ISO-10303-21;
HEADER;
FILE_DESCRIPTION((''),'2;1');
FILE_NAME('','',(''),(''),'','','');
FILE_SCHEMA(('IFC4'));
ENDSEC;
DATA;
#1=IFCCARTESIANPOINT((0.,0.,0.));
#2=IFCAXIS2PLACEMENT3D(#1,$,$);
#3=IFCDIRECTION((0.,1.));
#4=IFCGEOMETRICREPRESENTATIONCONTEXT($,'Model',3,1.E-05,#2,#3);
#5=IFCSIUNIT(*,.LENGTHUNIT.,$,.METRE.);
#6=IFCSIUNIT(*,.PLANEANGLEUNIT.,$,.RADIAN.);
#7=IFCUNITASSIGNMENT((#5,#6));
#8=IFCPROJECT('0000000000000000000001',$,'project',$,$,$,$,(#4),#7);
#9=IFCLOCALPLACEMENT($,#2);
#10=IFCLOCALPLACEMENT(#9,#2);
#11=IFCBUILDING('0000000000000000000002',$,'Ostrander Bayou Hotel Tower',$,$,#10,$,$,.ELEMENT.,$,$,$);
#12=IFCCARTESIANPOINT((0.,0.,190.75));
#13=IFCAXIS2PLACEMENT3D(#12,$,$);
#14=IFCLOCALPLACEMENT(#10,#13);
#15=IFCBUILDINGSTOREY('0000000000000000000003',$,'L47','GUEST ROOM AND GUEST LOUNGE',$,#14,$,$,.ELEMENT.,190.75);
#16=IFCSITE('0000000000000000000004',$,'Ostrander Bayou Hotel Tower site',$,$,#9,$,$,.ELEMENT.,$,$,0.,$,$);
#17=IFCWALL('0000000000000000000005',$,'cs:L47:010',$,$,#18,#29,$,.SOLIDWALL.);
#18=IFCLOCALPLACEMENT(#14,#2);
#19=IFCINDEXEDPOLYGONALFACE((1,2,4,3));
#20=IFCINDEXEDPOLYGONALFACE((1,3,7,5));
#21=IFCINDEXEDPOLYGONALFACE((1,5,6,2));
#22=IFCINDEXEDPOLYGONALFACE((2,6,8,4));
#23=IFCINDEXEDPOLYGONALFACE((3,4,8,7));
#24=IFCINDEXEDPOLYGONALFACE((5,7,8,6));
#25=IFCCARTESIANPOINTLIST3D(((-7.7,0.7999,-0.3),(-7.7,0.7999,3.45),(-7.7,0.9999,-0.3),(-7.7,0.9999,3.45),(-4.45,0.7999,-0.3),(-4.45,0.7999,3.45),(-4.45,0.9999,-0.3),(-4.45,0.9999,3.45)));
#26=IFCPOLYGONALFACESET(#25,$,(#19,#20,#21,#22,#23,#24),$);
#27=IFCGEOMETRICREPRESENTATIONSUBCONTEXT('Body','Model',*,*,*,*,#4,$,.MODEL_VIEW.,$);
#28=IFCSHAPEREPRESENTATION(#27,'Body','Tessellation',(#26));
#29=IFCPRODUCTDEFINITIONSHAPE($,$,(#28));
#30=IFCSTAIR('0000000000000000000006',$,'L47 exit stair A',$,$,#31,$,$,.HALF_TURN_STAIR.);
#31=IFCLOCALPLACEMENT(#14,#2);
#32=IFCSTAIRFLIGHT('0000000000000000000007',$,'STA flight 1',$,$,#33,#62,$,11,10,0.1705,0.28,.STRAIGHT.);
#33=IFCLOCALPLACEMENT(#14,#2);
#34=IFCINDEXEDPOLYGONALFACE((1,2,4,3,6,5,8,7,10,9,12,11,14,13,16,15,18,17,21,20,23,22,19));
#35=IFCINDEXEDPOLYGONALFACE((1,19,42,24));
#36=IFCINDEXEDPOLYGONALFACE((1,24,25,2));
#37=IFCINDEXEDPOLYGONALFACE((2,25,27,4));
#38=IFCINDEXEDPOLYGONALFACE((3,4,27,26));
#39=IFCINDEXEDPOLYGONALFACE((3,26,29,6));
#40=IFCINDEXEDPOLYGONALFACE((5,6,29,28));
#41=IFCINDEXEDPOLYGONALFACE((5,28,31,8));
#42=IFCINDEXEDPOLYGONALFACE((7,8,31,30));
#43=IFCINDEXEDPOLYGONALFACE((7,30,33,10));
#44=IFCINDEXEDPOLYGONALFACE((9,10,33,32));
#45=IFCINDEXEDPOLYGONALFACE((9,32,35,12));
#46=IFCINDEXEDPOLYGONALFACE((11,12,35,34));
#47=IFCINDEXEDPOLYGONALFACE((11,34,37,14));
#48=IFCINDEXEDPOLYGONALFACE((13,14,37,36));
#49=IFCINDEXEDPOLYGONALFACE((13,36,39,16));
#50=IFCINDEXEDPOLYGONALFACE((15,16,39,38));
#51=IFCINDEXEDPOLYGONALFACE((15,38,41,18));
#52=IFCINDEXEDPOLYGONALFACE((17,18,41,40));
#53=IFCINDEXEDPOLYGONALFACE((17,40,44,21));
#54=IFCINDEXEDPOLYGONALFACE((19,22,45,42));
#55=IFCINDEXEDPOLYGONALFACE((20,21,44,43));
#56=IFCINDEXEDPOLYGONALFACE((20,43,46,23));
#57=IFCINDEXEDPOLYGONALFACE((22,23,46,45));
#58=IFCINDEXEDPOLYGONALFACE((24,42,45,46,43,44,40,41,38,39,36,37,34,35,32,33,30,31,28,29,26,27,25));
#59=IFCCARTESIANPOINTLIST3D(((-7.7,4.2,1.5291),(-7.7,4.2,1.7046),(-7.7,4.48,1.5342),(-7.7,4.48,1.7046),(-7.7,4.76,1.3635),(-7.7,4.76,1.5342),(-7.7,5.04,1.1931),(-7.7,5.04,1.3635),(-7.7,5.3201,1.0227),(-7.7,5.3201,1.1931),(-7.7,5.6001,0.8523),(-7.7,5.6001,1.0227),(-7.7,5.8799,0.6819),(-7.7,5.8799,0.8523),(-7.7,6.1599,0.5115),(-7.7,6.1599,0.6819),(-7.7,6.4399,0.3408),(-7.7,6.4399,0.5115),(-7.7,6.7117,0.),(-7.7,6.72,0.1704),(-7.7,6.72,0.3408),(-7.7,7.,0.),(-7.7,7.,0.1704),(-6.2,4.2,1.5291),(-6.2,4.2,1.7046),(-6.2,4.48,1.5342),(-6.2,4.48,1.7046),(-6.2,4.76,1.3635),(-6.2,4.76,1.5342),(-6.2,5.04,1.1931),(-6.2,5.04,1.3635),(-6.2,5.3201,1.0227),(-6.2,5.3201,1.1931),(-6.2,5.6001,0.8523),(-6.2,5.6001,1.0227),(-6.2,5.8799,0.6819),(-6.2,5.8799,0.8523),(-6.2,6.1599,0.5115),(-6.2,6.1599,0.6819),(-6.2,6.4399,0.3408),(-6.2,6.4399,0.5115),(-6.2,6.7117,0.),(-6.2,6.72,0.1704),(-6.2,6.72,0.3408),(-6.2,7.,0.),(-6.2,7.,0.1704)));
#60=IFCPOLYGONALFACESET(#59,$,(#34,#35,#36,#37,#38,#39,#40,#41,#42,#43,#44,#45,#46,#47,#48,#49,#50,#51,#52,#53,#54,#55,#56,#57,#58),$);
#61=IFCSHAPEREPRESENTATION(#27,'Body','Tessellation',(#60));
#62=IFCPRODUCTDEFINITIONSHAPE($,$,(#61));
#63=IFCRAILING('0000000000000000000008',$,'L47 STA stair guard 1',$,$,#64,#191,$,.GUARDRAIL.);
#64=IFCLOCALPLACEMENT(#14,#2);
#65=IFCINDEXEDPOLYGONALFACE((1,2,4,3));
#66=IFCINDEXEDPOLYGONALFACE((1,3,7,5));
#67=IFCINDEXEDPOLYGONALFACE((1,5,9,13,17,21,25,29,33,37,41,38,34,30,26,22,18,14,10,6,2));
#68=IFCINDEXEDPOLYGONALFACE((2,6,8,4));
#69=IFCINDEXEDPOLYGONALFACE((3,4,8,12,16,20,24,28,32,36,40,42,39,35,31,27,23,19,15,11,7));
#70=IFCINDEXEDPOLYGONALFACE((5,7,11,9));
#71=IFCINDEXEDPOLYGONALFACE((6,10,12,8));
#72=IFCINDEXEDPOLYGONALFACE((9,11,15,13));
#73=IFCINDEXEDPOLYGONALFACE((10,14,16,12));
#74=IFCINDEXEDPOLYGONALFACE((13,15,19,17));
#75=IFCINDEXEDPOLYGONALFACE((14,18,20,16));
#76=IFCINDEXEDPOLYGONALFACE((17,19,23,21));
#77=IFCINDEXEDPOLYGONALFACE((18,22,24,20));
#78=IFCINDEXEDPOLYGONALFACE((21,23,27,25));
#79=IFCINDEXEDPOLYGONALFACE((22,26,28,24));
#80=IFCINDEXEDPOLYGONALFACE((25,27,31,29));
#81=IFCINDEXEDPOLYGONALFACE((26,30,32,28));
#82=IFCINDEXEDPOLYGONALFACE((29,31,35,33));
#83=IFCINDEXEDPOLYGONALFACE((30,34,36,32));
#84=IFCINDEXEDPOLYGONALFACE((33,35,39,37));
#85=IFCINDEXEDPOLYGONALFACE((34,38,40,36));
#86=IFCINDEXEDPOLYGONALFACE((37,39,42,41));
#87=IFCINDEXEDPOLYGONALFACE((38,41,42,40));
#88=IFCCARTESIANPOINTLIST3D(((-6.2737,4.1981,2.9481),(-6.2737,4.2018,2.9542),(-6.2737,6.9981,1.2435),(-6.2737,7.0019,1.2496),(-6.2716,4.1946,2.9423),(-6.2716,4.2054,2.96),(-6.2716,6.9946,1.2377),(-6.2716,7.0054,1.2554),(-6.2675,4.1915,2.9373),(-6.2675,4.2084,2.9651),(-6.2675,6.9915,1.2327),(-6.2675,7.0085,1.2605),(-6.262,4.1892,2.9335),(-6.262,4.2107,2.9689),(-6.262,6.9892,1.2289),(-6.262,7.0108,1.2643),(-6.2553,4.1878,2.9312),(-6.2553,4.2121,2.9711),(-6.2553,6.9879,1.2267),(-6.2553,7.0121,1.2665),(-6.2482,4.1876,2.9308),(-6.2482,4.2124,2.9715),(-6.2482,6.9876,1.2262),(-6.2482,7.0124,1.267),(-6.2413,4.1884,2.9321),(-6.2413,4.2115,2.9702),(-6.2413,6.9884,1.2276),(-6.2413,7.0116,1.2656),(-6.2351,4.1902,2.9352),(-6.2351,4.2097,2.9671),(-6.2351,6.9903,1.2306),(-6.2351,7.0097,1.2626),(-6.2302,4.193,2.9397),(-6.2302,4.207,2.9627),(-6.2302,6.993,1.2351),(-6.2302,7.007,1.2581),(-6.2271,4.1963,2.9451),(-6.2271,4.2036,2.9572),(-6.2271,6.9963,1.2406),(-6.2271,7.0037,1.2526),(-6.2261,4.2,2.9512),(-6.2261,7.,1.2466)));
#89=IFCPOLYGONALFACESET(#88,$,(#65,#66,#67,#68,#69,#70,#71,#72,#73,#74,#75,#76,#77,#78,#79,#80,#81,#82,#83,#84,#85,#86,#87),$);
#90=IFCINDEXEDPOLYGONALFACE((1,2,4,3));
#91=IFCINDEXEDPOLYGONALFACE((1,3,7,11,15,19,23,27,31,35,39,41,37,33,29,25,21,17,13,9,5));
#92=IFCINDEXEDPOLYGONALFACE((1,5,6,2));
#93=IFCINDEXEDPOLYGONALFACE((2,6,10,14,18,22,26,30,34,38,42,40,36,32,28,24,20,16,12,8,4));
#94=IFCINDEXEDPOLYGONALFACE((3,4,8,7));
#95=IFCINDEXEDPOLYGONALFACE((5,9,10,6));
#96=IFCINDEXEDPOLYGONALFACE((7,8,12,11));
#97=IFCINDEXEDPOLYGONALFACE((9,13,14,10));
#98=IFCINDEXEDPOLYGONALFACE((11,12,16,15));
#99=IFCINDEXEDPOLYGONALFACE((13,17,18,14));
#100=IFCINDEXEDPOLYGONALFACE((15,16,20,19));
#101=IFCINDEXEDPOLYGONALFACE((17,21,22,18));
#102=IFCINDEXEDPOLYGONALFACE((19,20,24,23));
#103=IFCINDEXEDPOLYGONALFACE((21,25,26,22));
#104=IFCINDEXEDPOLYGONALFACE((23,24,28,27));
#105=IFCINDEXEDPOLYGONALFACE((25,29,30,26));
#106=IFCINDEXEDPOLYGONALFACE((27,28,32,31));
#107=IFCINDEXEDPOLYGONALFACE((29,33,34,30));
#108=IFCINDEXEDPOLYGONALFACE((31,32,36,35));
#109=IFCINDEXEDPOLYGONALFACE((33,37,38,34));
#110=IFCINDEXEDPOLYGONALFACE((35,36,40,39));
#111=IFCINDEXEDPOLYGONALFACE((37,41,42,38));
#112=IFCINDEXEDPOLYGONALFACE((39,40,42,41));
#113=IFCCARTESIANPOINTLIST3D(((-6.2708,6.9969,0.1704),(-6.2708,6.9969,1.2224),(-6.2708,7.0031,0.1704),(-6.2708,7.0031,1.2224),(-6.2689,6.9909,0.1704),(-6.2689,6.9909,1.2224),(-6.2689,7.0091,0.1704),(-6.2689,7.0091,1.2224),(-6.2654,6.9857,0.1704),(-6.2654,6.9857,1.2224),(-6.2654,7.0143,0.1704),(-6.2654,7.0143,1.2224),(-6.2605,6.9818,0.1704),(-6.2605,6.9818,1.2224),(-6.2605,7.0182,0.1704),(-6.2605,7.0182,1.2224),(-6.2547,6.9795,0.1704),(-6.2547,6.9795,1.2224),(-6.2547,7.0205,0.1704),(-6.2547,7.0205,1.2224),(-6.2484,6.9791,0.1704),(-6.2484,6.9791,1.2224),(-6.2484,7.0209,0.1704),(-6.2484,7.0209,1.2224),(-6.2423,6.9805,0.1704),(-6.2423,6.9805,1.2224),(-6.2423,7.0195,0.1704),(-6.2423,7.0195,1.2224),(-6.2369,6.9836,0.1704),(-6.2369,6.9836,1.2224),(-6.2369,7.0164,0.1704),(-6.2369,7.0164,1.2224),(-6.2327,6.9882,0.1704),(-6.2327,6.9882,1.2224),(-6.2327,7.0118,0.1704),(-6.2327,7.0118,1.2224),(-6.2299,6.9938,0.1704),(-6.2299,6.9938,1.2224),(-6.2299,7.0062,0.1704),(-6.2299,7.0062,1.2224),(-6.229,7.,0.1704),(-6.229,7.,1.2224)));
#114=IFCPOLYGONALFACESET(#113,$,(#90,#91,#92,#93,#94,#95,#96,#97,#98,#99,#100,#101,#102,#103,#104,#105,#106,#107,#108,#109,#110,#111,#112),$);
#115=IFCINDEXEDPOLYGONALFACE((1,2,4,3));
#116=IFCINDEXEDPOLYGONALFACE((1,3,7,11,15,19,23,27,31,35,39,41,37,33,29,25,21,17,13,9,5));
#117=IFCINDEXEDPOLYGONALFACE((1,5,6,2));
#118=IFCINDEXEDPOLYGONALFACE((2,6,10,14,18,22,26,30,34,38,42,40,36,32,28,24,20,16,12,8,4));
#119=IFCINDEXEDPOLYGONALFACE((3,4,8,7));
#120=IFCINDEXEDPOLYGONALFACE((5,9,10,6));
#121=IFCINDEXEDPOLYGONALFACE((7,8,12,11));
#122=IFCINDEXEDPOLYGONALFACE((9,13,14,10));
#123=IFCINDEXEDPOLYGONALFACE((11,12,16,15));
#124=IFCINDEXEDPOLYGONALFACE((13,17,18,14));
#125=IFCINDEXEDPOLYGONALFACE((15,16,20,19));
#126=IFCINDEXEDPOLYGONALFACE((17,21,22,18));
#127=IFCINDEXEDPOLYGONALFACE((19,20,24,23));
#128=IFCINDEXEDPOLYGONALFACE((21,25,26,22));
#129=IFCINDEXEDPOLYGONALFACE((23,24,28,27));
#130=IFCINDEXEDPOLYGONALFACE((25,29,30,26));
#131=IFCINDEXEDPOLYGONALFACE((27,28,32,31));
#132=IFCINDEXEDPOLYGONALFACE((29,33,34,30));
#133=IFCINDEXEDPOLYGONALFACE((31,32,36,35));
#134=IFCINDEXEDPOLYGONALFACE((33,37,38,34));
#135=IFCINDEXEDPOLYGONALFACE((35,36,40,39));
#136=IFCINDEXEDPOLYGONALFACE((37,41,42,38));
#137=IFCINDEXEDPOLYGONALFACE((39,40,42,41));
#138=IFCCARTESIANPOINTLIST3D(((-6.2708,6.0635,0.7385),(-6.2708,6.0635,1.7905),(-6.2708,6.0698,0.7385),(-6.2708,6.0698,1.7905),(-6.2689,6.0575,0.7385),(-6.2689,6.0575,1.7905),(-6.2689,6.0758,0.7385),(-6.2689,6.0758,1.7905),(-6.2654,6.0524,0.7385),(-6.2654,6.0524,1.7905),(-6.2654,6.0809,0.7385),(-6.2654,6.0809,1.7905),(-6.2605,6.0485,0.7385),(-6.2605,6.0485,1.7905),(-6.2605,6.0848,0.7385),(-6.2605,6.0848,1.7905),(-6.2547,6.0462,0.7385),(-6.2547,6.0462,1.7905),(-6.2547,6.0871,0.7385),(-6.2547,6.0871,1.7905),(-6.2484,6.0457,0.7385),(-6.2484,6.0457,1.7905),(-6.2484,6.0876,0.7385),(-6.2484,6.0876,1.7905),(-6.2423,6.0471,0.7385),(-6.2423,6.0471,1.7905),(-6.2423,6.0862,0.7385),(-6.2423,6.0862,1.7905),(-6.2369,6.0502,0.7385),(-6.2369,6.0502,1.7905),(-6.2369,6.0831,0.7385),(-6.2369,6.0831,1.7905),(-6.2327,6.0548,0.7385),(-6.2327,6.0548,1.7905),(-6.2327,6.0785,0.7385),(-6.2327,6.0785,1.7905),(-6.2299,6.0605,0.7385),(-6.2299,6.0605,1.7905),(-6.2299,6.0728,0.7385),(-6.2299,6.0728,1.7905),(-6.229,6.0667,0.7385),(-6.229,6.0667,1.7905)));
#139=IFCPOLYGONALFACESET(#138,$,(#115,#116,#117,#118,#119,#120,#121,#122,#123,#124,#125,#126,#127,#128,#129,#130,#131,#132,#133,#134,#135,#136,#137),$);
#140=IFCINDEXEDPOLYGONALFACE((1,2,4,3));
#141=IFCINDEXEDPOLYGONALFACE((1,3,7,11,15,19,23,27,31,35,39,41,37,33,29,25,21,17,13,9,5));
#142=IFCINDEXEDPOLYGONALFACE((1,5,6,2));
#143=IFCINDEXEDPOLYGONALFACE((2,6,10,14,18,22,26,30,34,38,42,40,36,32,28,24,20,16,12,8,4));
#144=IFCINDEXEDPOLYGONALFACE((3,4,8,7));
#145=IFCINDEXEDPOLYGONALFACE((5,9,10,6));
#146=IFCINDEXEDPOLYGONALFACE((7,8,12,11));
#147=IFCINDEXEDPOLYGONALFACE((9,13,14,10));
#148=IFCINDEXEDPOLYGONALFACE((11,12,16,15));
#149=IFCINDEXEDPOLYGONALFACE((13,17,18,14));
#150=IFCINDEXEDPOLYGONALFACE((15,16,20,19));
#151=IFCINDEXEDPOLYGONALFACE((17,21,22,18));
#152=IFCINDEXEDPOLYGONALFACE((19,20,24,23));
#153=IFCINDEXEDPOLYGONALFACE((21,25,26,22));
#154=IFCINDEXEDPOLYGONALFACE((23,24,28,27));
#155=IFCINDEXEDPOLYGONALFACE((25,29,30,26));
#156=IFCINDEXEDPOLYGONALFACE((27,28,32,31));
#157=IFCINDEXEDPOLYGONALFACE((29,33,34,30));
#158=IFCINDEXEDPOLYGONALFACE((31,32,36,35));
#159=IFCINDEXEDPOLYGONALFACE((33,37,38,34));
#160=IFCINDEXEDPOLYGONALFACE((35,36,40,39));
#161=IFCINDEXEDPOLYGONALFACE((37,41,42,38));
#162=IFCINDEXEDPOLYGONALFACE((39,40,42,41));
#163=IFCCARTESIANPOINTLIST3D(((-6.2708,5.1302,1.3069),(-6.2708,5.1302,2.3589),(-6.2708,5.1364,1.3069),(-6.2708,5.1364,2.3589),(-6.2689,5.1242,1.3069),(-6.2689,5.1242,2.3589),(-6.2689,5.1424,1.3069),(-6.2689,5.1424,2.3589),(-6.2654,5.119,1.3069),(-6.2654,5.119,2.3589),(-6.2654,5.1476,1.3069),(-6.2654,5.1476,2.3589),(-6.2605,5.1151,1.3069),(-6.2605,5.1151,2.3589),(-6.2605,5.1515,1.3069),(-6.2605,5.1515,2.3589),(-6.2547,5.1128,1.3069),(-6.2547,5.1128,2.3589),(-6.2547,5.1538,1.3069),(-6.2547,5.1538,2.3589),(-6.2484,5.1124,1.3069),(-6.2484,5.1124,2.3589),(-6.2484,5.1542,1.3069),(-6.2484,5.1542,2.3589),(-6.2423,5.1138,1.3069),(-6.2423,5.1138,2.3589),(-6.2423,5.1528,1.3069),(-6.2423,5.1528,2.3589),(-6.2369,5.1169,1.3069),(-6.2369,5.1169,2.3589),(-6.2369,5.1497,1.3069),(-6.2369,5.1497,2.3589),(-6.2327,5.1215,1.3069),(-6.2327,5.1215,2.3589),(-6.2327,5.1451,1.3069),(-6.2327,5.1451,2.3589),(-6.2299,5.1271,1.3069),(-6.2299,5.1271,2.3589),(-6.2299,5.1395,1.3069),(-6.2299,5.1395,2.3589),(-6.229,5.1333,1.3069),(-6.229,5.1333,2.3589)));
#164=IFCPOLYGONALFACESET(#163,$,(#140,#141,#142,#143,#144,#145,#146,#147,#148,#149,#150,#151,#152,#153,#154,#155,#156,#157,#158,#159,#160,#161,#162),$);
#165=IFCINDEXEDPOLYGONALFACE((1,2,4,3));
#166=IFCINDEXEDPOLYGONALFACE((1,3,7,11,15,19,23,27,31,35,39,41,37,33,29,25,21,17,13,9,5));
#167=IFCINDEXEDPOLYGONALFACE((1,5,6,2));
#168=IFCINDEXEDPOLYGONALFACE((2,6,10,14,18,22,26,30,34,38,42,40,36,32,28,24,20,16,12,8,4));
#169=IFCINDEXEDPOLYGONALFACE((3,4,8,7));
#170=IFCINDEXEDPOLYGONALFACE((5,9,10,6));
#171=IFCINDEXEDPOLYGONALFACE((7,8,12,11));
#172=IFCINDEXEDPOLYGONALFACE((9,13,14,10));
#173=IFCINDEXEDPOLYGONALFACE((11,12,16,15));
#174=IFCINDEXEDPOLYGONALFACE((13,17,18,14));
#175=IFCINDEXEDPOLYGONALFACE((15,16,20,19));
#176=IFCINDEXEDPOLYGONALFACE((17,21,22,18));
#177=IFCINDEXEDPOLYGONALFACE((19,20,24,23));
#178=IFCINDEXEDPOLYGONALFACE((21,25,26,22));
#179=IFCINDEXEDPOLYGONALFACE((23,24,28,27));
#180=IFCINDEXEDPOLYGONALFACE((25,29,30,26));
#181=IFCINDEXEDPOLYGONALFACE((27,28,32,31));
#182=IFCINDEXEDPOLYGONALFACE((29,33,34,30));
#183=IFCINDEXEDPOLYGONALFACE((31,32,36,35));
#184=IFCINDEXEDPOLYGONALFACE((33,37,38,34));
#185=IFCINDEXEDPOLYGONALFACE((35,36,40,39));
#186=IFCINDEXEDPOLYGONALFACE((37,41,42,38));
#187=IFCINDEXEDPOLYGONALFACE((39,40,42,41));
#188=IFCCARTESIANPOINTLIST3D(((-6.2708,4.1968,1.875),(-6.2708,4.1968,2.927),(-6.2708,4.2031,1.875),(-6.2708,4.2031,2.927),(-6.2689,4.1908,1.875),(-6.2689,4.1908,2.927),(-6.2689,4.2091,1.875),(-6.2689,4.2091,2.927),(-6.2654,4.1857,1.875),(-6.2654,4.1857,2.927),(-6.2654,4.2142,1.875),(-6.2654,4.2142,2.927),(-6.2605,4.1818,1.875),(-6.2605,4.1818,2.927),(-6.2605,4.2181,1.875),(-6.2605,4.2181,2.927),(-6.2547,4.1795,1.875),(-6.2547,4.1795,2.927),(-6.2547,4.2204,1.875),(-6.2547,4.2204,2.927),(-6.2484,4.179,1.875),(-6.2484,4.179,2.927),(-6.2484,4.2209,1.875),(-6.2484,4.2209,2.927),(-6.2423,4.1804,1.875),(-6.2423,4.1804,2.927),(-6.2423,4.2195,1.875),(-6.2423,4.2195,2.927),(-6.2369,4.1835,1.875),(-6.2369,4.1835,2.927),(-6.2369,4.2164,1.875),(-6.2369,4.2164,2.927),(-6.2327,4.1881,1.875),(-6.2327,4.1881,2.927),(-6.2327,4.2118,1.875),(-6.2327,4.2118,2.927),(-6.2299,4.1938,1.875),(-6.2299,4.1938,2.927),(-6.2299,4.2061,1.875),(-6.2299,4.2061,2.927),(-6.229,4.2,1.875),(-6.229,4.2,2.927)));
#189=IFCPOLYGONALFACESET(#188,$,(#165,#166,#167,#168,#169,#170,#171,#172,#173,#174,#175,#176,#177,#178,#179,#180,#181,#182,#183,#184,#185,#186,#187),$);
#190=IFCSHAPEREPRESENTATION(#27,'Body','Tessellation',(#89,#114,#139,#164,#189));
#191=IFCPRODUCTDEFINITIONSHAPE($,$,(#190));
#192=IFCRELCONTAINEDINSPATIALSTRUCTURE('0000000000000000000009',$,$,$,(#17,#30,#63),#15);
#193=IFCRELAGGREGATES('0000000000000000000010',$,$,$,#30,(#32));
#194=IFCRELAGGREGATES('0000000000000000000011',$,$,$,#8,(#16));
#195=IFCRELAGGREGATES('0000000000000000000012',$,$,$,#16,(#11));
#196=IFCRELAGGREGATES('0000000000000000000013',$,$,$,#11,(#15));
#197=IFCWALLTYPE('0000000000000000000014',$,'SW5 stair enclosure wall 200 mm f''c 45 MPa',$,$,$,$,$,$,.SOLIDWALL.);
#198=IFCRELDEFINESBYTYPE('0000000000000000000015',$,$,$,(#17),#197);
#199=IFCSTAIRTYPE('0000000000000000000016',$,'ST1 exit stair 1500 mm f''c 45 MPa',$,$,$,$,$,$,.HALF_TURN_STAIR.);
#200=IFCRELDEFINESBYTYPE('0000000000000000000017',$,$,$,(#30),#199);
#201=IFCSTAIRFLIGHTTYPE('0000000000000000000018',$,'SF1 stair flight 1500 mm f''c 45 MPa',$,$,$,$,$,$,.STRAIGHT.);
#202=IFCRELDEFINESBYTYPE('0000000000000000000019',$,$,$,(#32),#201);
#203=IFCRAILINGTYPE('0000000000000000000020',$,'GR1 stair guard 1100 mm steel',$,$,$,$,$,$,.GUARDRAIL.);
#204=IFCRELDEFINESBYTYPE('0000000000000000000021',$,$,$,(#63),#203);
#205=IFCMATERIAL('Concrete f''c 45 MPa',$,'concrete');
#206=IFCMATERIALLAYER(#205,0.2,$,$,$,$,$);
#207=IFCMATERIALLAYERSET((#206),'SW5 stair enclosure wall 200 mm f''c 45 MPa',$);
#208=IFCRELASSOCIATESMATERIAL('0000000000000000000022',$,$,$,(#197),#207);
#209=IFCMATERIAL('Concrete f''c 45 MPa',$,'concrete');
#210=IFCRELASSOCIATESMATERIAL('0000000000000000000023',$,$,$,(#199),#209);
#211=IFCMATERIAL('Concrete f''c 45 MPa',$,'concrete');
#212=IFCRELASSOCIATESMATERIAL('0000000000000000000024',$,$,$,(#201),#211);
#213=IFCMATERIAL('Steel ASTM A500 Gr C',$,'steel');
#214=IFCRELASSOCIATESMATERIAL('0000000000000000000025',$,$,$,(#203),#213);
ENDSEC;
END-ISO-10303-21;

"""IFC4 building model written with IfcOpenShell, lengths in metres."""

from ifc_helpers import new_model, si_unit, direction, frame, frame_2d, origin, origin_2d, place, context, subcontext, project, spatial, polyline, rectangle, circle, outline, extrude, material, layer, layer_set, type_object, element, aggregate, save


model = new_model("IFC4")

# Units and contexts
model_context = context("Model", 3, precision=1e-05, world=origin(), true_north=direction((0.0, 1.0)))
body_context = subcontext(model_context, "Body", "Model", "MODEL_VIEW")
ifc_project = project(units=[si_unit("LENGTHUNIT", "METRE"), si_unit("PLANEANGLEUNIT", "RADIAN")], contexts=[model_context])

# Site, building, storey
site_placement = place(None, origin())
site = spatial("IfcSite", under=ifc_project, at=site_placement, Name="Ostrander Bayou Hotel Tower site", CompositionType="ELEMENT", RefElevation=0.0)
building_placement = place(site_placement, origin())
building = spatial("IfcBuilding", under=site, at=building_placement, Name="Ostrander Bayou Hotel Tower", CompositionType="ELEMENT")
storey_placement = place(building_placement, frame((0.0, 0.0, 190.75)))
storey = spatial("IfcBuildingStorey", under=building, at=storey_placement, Name="L47", Description="GUEST ROOM AND GUEST LOUNGE", CompositionType="ELEMENT", Elevation=190.75)

# Wall
ifc_material_1 = material(Name="Concrete f'c 45 MPa", Category="concrete")
ifc_layer_1 = layer(ifc_material_1, 0.2)
ifc_layer_set_1 = layer_set([ifc_layer_1], Name="SW5 stair enclosure wall 200 mm f'c 45 MPa")
wall_type_1 = type_object("IfcWallType", Name="SW5 stair enclosure wall 200 mm f'c 45 MPa", PredefinedType="SOLIDWALL", material=ifc_layer_set_1)
wall_1_placement = place(storey_placement, frame((-7.7, 0.8999, -0.3), z_axis=(0.0, 0.0, 1.0), x_axis=(1.0, 0.0, 0.0)))
element("IfcWall", 1, at=wall_1_placement, inside=storey, type_object=wall_type_1, Name="cs:L47:010", PredefinedType="SOLIDWALL", context=body_context, shape_type="SweptSolid", body=[
    extrude(rectangle(XDim=3.25, YDim=0.2, at=frame_2d((1.625, 0.0))), origin(), (0.0, 0.0, 1.0), 3.75),
])

# Stair, stair flight
ifc_material_2 = material(Name="Concrete f'c 45 MPa", Category="concrete")
stair_type = type_object("IfcStairType", Name="ST1 exit stair 1500 mm f'c 45 MPa", PredefinedType="HALF_TURN_STAIR", material=ifc_material_2)
stair_placement = place(storey_placement, origin())
stair = element("IfcStair", 2, at=stair_placement, inside=storey, type_object=stair_type, Name="L47 exit stair A", PredefinedType="HALF_TURN_STAIR")
ifc_material_3 = material(Name="Concrete f'c 45 MPa", Category="concrete")
stair_flight_type = type_object("IfcStairFlightType", Name="SF1 stair flight 1500 mm f'c 45 MPa", PredefinedType="STRAIGHT", material=ifc_material_3)
stair_flight_placement = place(storey_placement, frame((-6.95, 7.0, 0.0), z_axis=(0.0, 0.0, 1.0), x_axis=(0.0, -1.0, 0.0)))
stair_flight = element("IfcStairFlight", 3, at=stair_flight_placement, type_object=stair_flight_type, Name="STA flight 1", NumberOfRisers=11, NumberOfTreads=10, PredefinedType="STRAIGHT", RiserHeight=0.1705, TreadLength=0.28, context=body_context, shape_type="SweptSolid", body=[
    extrude(outline(polyline([(0.0, 0.0), (0.0, 0.1704), (0.28, 0.1704), (0.28, 0.3408), (0.5601, 0.3408), (0.5601, 0.5115), (0.8401, 0.5115), (0.8401, 0.6819), (1.1201, 0.6819), (1.1201, 0.8523), (1.3999, 0.8523), (1.3999, 1.0227), (1.6799, 1.0227), (1.6799, 1.1931), (1.96, 1.1931), (1.96, 1.3635), (2.24, 1.3635), (2.24, 1.5342), (2.52, 1.5342), (2.52, 1.7046), (2.8, 1.7046), (2.8, 1.875), (2.8, 1.5291), (0.2883, 0.0), (0.0, 0.0)])), frame((0.0, 0.75, 0.0), z_axis=(0.0, -1.0, 0.0), x_axis=(1.0, 0.0, 0.0)), (0.0, 0.0, 1.0), 1.5),
])
aggregate(stair, [stair_flight])

# Railing
ifc_material_4 = material(Name="Steel ASTM A500 Gr C", Category="steel")
railing_type_1 = type_object("IfcRailingType", Name="GR1 stair guard 1100 mm steel", PredefinedType="GUARDRAIL", material=ifc_material_4)
railing_1_placement = place(storey_placement, frame((-6.25, 7.0, 0.1704)))
element("IfcRailing", 4, at=railing_1_placement, inside=storey, type_object=railing_type_1, Name="L47 STA stair guard 1", PredefinedType="GUARDRAIL", context=body_context, shape_type="SweptSolid", body=[
    extrude(circle(Radius=0.0239, at=origin_2d()), frame((0.0, 0.0, 1.0762), z_axis=(0.0, -0.85417, 0.519994), x_axis=(1.0, 0.0, 0.0)), (0.0, 0.0, 1.0), 3.2781),
    extrude(circle(Radius=0.021, at=origin_2d()), origin(), (0.0, 0.0, 1.0), 1.052),
    extrude(circle(Radius=0.021, at=origin_2d()), frame((0.0, -0.9333, 0.5681)), (0.0, 0.0, 1.0), 1.052),
    extrude(circle(Radius=0.021, at=origin_2d()), frame((0.0, -1.8667, 1.1365)), (0.0, 0.0, 1.0), 1.052),
    extrude(circle(Radius=0.021, at=origin_2d()), frame((0.0, -2.8, 1.7046)), (0.0, 0.0, 1.0), 1.052),
])

save(model, "model.ifc")
